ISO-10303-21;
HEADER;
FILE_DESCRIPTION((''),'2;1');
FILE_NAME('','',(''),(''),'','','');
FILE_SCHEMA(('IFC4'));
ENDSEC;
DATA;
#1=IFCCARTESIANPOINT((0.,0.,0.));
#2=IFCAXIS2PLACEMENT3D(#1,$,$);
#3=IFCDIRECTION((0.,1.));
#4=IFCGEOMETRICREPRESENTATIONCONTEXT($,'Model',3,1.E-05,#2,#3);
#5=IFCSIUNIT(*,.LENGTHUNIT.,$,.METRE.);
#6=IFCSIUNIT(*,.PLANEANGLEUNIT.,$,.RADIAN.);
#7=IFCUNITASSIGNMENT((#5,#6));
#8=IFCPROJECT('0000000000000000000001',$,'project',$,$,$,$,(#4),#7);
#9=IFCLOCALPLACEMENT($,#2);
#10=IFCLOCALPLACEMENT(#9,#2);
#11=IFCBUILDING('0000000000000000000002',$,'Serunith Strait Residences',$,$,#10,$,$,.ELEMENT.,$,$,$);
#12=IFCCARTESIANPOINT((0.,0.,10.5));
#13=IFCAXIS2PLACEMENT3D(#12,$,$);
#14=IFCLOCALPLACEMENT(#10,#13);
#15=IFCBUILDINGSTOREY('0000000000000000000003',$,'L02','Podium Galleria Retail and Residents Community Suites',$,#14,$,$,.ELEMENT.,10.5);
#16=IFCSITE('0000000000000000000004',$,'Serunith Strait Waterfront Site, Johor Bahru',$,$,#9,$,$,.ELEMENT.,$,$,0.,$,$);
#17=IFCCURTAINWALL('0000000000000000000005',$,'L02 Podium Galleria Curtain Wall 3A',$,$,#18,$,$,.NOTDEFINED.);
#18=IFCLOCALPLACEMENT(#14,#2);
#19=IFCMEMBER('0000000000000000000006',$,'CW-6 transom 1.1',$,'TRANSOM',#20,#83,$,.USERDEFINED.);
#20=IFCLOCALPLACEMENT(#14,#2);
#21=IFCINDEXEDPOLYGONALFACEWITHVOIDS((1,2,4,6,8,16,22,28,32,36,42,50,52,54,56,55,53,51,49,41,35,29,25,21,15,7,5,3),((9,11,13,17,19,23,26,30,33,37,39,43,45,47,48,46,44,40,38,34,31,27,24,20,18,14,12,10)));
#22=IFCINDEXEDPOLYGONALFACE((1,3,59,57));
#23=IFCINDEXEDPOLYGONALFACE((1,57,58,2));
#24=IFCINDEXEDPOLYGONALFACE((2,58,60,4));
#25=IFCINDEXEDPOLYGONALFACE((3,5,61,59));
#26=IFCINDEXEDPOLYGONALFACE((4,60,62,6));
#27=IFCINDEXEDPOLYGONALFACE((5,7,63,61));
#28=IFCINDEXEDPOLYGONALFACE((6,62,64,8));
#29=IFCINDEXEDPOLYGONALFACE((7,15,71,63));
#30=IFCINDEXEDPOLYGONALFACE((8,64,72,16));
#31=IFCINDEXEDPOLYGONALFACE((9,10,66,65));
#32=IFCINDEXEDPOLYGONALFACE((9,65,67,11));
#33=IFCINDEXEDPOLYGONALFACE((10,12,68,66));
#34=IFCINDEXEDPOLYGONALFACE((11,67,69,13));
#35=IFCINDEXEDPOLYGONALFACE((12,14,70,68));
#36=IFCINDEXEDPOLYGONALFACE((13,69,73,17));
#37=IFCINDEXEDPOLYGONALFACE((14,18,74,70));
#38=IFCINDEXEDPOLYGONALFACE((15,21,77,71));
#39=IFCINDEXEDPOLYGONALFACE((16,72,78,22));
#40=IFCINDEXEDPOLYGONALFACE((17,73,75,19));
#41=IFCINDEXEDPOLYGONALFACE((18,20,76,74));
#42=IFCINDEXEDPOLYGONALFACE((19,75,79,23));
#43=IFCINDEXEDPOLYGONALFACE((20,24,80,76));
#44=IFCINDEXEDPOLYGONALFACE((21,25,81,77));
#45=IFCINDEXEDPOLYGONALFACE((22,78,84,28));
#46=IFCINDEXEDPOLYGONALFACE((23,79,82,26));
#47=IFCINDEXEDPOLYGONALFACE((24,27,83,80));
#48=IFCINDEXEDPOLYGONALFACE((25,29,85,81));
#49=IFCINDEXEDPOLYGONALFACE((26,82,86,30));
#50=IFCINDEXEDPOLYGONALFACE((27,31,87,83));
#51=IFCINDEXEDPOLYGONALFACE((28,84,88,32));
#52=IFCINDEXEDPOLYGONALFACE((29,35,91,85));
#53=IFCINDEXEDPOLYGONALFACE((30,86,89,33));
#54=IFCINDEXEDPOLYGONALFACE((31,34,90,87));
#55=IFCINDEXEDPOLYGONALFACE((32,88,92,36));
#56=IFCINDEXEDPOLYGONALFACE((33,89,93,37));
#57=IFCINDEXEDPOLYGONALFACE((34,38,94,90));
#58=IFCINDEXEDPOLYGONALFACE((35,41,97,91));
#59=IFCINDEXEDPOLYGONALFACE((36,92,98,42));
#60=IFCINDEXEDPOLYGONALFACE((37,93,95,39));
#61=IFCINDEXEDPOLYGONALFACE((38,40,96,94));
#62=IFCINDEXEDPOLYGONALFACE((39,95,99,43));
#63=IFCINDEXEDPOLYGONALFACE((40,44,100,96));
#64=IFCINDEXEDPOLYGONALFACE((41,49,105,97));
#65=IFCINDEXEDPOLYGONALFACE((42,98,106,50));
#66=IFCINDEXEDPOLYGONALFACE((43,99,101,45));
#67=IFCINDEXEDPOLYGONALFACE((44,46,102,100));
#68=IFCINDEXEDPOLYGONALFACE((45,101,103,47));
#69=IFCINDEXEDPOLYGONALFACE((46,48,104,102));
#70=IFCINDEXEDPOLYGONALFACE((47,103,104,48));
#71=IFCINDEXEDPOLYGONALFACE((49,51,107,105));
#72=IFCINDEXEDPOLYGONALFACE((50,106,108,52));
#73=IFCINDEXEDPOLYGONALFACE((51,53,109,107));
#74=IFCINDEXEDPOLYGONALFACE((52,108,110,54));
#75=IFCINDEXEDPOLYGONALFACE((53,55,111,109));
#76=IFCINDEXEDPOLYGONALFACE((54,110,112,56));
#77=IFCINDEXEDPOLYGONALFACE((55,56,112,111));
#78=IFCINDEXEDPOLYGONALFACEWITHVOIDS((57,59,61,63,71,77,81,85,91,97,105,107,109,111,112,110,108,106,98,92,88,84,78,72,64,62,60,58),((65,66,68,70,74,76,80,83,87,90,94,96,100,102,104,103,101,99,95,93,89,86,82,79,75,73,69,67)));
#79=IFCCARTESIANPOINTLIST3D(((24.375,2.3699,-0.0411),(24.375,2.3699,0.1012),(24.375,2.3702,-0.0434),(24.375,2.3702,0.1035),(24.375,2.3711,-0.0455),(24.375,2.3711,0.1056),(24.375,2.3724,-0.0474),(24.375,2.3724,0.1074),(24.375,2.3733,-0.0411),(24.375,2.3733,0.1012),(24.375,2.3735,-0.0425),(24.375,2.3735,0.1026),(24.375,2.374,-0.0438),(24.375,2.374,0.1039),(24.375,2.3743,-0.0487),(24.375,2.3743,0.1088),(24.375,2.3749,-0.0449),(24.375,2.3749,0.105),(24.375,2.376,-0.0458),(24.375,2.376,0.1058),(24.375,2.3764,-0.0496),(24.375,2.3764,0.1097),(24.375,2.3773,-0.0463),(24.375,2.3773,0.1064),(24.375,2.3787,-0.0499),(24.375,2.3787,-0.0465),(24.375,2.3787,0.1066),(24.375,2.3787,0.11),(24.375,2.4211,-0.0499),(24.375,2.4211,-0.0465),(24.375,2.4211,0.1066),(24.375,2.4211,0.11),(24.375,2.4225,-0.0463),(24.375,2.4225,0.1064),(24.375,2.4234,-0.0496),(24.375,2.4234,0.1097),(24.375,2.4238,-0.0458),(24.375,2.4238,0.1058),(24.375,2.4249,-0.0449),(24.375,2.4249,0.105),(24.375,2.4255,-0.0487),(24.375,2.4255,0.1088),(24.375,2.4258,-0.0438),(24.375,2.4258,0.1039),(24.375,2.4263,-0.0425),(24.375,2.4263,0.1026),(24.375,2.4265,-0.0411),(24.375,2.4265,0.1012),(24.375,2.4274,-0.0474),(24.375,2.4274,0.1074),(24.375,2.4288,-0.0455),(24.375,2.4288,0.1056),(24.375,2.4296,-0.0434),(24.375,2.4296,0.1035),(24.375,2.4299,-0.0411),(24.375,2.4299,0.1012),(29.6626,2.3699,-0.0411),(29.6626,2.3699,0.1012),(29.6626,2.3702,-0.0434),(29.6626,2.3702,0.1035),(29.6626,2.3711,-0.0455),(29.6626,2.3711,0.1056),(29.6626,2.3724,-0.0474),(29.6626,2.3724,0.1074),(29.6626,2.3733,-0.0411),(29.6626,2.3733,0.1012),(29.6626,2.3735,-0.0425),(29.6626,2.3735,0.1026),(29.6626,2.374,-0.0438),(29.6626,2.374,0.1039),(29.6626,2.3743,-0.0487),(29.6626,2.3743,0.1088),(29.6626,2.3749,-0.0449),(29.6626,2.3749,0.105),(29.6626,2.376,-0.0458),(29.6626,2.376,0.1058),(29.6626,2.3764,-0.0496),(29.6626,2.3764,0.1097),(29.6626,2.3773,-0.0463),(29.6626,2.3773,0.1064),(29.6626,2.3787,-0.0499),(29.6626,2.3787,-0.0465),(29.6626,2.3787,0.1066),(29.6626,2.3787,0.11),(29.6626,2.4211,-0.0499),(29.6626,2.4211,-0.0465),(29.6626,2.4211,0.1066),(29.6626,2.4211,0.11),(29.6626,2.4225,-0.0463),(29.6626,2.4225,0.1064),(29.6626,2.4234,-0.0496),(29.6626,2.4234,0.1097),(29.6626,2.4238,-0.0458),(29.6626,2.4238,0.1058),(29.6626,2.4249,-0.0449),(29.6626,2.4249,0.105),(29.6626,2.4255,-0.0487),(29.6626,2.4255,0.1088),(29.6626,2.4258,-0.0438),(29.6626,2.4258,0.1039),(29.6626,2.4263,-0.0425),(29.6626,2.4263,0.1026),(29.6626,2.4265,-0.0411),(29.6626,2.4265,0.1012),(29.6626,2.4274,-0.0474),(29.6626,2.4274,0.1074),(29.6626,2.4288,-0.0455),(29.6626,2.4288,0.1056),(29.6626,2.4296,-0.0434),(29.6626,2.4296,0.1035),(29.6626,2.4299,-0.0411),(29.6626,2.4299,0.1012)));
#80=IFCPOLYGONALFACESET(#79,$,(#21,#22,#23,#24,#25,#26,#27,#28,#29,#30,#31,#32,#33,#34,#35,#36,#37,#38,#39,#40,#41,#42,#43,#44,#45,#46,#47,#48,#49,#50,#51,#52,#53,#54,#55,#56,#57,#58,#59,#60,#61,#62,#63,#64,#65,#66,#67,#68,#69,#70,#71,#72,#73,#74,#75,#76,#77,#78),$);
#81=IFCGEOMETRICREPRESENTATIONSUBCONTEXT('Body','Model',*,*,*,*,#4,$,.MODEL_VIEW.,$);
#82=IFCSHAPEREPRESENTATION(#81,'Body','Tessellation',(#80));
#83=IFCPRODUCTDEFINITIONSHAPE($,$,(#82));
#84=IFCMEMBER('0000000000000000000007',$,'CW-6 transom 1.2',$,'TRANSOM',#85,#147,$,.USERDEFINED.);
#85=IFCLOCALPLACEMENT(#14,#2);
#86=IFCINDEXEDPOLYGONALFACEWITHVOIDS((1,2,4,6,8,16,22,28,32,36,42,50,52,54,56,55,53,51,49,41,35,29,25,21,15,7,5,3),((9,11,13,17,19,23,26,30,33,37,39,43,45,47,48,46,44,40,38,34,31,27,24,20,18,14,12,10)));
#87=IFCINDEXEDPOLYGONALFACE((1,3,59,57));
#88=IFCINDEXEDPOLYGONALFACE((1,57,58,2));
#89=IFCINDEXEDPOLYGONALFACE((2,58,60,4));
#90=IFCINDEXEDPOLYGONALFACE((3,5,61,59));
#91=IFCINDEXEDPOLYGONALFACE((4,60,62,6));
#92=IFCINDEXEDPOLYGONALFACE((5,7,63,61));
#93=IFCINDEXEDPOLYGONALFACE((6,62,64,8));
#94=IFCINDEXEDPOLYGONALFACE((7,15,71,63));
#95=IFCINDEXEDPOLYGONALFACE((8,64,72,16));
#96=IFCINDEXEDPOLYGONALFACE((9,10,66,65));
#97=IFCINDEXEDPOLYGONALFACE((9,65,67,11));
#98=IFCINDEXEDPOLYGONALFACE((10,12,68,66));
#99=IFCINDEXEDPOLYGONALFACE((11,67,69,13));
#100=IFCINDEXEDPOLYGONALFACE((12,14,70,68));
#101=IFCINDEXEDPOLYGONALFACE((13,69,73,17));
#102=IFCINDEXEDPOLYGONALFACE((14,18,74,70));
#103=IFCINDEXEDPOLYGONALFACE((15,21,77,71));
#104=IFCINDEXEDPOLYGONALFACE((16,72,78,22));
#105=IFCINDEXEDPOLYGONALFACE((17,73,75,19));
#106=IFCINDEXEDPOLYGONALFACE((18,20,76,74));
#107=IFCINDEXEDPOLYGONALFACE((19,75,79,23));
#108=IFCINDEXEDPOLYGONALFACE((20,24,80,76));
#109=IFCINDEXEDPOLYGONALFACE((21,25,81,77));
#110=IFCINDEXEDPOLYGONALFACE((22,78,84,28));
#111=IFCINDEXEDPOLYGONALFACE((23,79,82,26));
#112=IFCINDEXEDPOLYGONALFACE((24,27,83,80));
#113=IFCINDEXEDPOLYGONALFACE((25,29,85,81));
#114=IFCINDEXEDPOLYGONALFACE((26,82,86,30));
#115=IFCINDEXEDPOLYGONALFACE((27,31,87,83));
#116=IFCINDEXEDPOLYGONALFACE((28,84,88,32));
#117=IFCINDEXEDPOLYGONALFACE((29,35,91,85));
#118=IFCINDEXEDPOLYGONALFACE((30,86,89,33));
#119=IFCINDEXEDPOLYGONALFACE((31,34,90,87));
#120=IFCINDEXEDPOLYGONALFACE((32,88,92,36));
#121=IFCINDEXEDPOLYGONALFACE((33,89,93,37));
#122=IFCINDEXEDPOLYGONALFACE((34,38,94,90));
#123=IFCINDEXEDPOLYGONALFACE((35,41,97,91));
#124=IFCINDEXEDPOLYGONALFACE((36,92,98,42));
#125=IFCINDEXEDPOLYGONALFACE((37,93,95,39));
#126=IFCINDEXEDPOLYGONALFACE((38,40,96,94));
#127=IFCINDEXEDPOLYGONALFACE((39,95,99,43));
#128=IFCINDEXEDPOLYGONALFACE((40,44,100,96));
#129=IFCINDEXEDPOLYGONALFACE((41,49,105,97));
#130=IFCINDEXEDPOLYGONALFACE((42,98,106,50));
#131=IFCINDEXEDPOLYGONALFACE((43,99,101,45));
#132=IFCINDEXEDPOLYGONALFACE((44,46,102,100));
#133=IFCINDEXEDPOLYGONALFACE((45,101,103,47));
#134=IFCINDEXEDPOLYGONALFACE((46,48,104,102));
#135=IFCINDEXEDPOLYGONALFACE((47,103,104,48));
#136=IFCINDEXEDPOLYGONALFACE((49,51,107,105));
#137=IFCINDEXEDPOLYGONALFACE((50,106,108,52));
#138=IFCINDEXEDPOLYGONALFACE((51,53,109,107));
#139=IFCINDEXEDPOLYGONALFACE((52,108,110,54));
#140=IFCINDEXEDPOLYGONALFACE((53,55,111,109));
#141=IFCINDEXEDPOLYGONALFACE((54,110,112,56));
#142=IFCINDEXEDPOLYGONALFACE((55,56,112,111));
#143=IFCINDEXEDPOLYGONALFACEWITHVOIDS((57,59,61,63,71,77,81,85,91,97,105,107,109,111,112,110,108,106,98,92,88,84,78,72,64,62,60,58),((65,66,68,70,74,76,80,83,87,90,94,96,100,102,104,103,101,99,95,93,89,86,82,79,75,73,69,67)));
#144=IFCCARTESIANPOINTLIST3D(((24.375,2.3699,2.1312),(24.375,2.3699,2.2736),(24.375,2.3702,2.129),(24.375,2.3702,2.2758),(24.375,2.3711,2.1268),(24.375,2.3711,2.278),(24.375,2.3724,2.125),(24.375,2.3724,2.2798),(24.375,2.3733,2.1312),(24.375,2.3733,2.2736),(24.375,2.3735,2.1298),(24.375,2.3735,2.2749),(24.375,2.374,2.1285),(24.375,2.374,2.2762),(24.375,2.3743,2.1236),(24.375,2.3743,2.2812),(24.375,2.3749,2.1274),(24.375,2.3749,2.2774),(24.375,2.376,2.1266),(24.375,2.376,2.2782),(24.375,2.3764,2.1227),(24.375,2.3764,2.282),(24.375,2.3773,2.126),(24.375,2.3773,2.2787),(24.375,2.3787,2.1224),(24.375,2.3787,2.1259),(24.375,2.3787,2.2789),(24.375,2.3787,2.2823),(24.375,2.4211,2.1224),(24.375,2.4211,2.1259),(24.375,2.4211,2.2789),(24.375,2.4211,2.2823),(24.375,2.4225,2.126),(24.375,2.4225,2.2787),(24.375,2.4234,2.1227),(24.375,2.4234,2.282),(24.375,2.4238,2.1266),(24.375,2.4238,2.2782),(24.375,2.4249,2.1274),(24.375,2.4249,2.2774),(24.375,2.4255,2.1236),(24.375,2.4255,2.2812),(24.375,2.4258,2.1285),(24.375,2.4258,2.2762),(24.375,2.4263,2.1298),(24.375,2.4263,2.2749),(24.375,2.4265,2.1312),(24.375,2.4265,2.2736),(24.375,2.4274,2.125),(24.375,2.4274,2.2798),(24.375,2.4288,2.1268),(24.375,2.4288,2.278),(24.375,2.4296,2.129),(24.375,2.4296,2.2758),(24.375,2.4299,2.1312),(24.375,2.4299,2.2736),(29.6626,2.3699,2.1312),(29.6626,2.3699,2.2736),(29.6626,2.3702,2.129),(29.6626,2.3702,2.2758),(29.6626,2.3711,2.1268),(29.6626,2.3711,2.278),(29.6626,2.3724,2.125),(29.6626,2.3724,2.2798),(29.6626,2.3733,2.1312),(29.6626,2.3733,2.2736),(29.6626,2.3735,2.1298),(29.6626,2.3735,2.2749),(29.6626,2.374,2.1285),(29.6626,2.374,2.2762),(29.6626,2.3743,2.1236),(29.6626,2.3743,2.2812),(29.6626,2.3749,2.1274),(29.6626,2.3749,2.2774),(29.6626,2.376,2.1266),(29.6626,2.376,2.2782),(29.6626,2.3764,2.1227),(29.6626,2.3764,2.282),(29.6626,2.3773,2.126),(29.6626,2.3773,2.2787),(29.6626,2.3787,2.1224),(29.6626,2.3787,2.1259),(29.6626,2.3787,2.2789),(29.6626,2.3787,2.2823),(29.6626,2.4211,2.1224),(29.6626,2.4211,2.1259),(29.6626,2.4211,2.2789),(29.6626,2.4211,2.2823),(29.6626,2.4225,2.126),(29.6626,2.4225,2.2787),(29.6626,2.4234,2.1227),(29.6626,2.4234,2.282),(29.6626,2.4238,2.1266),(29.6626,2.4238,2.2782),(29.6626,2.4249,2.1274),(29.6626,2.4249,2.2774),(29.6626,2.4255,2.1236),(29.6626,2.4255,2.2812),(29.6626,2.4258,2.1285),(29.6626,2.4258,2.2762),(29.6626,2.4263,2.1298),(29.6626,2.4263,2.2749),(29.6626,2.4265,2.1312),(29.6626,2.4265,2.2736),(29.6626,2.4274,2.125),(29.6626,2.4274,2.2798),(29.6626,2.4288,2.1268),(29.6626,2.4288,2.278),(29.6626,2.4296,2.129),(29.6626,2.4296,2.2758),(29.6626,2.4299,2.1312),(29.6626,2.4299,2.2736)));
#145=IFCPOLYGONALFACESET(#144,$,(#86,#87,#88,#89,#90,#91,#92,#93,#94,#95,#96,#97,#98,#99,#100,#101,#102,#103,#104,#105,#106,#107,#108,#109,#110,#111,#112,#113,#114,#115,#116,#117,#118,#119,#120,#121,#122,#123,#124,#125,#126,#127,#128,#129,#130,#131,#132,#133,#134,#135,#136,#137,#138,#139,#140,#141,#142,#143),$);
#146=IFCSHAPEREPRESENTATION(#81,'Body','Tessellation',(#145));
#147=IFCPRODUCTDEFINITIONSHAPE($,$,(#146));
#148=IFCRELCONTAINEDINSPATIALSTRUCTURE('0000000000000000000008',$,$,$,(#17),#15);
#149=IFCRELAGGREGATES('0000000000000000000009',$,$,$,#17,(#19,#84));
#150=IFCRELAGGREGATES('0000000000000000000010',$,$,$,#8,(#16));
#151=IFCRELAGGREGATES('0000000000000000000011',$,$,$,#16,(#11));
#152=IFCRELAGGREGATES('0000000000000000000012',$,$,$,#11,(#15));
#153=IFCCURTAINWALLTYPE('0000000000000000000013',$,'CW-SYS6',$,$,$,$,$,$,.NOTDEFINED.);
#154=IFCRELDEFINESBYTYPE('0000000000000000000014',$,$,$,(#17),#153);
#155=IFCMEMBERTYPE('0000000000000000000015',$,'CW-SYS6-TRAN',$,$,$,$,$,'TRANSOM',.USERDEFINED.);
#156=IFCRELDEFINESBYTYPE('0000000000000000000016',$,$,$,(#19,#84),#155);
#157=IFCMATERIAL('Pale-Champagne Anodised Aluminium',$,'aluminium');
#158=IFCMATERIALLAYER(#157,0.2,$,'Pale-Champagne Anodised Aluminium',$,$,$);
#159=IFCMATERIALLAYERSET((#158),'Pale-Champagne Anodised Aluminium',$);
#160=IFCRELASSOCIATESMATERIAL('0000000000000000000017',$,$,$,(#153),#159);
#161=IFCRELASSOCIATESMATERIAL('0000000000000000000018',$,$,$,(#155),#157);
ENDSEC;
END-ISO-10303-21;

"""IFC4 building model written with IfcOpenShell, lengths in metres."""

from ifc_helpers import new_model, si_unit, direction, frame, origin, origin_2d, place, context, subcontext, project, spatial, hollow_rectangle, extrude, source, transform, mapped, material, layer, layer_set, material_profile, profile_set, type_object, element, aggregate, save


model = new_model("IFC4")

# Units and contexts
model_context = context("Model", 3, precision=1e-05, world=origin(), true_north=direction((0.0, 1.0)))
body_context = subcontext(model_context, "Body", "Model", "MODEL_VIEW")
ifc_project = project(units=[si_unit("LENGTHUNIT", "METRE"), si_unit("PLANEANGLEUNIT", "RADIAN")], contexts=[model_context])

# Site, building, storey
site_placement = place(None, origin())
site = spatial("IfcSite", under=ifc_project, at=site_placement, Name="Serunith Strait Waterfront Site, Johor Bahru", CompositionType="ELEMENT", RefElevation=0.0)
building_placement = place(site_placement, origin())
building = spatial("IfcBuilding", under=site, at=building_placement, Name="Serunith Strait Residences", CompositionType="ELEMENT")
storey_placement = place(building_placement, frame((0.0, 0.0, 10.5)))
storey = spatial("IfcBuildingStorey", under=building, at=storey_placement, Name="L02", Description="Podium Galleria Retail and Residents Community Suites", CompositionType="ELEMENT", Elevation=10.5)

# Curtain wall, members
ifc_material_1 = material(Name="Pale-Champagne Anodised Aluminium", Category="aluminium")
ifc_layer_1 = layer(ifc_material_1, 0.2, Name="Pale-Champagne Anodised Aluminium")
ifc_layer_set_1 = layer_set([ifc_layer_1], Name="Pale-Champagne Anodised Aluminium")
curtain_wall_type = type_object("IfcCurtainWallType", Name="CW-SYS6", PredefinedType="NOTDEFINED", material=ifc_layer_set_1)
curtain_wall_placement = place(storey_placement, origin())
curtain_wall = element("IfcCurtainWall", 1, at=curtain_wall_placement, inside=storey, type_object=curtain_wall_type, Name="L02 Podium Galleria Curtain Wall 3A", PredefinedType="NOTDEFINED")
ifc_material_profile_1 = material_profile(ifc_material_1, hollow_rectangle(XDim=0.0601, YDim=0.1599, WallThickness=0.0034, InnerFilletRadius=0.0054, OuterFilletRadius=0.0088, at=origin_2d()), Name="ALU 160x60x3.5")
ifc_profile_set_1 = profile_set([ifc_material_profile_1], Name="Pale-Champagne Anodised Aluminium")
member_type_1 = type_object("IfcMemberType", Name="CW-SYS6-TRAN", ElementType="TRANSOM", PredefinedType="USERDEFINED", material=ifc_profile_set_1)
shared_shape_1 = source(origin(), body_context, "Body", "SweptSolid", [
    extrude(hollow_rectangle(XDim=0.0601, YDim=0.1599, WallThickness=0.0034, InnerFilletRadius=0.0054, OuterFilletRadius=0.0088, at=origin_2d()), origin(), (0.0, 0.0, 1.0), 5.2876),
])
member_1_placement = place(storey_placement, frame((24.375, 2.3999, 0.03), z_axis=(1.0, 0.0, 0.0), x_axis=(0.0, 1.0, 0.0)))
member_1 = element("IfcMember", 2, at=member_1_placement, type_object=member_type_1, Name="CW-6 transom 1.1", ObjectType="TRANSOM", PredefinedType="USERDEFINED", context=body_context, shape_type="MappedRepresentation", body=[
    mapped(shared_shape_1, transform((0.0, 0.0, 0.0), scale=1.0)),
])
member_2_placement = place(storey_placement, frame((24.375, 2.3999, 2.2024), z_axis=(1.0, 0.0, 0.0), x_axis=(0.0, 1.0, 0.0)))
member_2 = element("IfcMember", 3, at=member_2_placement, type_object=member_type_1, Name="CW-6 transom 1.2", ObjectType="TRANSOM", PredefinedType="USERDEFINED", context=body_context, shape_type="MappedRepresentation", body=[
    mapped(shared_shape_1, transform((0.0, 0.0, 0.0), scale=1.0)),
])
aggregate(curtain_wall, [member_1, member_2])

save(model, "model.ifc")
